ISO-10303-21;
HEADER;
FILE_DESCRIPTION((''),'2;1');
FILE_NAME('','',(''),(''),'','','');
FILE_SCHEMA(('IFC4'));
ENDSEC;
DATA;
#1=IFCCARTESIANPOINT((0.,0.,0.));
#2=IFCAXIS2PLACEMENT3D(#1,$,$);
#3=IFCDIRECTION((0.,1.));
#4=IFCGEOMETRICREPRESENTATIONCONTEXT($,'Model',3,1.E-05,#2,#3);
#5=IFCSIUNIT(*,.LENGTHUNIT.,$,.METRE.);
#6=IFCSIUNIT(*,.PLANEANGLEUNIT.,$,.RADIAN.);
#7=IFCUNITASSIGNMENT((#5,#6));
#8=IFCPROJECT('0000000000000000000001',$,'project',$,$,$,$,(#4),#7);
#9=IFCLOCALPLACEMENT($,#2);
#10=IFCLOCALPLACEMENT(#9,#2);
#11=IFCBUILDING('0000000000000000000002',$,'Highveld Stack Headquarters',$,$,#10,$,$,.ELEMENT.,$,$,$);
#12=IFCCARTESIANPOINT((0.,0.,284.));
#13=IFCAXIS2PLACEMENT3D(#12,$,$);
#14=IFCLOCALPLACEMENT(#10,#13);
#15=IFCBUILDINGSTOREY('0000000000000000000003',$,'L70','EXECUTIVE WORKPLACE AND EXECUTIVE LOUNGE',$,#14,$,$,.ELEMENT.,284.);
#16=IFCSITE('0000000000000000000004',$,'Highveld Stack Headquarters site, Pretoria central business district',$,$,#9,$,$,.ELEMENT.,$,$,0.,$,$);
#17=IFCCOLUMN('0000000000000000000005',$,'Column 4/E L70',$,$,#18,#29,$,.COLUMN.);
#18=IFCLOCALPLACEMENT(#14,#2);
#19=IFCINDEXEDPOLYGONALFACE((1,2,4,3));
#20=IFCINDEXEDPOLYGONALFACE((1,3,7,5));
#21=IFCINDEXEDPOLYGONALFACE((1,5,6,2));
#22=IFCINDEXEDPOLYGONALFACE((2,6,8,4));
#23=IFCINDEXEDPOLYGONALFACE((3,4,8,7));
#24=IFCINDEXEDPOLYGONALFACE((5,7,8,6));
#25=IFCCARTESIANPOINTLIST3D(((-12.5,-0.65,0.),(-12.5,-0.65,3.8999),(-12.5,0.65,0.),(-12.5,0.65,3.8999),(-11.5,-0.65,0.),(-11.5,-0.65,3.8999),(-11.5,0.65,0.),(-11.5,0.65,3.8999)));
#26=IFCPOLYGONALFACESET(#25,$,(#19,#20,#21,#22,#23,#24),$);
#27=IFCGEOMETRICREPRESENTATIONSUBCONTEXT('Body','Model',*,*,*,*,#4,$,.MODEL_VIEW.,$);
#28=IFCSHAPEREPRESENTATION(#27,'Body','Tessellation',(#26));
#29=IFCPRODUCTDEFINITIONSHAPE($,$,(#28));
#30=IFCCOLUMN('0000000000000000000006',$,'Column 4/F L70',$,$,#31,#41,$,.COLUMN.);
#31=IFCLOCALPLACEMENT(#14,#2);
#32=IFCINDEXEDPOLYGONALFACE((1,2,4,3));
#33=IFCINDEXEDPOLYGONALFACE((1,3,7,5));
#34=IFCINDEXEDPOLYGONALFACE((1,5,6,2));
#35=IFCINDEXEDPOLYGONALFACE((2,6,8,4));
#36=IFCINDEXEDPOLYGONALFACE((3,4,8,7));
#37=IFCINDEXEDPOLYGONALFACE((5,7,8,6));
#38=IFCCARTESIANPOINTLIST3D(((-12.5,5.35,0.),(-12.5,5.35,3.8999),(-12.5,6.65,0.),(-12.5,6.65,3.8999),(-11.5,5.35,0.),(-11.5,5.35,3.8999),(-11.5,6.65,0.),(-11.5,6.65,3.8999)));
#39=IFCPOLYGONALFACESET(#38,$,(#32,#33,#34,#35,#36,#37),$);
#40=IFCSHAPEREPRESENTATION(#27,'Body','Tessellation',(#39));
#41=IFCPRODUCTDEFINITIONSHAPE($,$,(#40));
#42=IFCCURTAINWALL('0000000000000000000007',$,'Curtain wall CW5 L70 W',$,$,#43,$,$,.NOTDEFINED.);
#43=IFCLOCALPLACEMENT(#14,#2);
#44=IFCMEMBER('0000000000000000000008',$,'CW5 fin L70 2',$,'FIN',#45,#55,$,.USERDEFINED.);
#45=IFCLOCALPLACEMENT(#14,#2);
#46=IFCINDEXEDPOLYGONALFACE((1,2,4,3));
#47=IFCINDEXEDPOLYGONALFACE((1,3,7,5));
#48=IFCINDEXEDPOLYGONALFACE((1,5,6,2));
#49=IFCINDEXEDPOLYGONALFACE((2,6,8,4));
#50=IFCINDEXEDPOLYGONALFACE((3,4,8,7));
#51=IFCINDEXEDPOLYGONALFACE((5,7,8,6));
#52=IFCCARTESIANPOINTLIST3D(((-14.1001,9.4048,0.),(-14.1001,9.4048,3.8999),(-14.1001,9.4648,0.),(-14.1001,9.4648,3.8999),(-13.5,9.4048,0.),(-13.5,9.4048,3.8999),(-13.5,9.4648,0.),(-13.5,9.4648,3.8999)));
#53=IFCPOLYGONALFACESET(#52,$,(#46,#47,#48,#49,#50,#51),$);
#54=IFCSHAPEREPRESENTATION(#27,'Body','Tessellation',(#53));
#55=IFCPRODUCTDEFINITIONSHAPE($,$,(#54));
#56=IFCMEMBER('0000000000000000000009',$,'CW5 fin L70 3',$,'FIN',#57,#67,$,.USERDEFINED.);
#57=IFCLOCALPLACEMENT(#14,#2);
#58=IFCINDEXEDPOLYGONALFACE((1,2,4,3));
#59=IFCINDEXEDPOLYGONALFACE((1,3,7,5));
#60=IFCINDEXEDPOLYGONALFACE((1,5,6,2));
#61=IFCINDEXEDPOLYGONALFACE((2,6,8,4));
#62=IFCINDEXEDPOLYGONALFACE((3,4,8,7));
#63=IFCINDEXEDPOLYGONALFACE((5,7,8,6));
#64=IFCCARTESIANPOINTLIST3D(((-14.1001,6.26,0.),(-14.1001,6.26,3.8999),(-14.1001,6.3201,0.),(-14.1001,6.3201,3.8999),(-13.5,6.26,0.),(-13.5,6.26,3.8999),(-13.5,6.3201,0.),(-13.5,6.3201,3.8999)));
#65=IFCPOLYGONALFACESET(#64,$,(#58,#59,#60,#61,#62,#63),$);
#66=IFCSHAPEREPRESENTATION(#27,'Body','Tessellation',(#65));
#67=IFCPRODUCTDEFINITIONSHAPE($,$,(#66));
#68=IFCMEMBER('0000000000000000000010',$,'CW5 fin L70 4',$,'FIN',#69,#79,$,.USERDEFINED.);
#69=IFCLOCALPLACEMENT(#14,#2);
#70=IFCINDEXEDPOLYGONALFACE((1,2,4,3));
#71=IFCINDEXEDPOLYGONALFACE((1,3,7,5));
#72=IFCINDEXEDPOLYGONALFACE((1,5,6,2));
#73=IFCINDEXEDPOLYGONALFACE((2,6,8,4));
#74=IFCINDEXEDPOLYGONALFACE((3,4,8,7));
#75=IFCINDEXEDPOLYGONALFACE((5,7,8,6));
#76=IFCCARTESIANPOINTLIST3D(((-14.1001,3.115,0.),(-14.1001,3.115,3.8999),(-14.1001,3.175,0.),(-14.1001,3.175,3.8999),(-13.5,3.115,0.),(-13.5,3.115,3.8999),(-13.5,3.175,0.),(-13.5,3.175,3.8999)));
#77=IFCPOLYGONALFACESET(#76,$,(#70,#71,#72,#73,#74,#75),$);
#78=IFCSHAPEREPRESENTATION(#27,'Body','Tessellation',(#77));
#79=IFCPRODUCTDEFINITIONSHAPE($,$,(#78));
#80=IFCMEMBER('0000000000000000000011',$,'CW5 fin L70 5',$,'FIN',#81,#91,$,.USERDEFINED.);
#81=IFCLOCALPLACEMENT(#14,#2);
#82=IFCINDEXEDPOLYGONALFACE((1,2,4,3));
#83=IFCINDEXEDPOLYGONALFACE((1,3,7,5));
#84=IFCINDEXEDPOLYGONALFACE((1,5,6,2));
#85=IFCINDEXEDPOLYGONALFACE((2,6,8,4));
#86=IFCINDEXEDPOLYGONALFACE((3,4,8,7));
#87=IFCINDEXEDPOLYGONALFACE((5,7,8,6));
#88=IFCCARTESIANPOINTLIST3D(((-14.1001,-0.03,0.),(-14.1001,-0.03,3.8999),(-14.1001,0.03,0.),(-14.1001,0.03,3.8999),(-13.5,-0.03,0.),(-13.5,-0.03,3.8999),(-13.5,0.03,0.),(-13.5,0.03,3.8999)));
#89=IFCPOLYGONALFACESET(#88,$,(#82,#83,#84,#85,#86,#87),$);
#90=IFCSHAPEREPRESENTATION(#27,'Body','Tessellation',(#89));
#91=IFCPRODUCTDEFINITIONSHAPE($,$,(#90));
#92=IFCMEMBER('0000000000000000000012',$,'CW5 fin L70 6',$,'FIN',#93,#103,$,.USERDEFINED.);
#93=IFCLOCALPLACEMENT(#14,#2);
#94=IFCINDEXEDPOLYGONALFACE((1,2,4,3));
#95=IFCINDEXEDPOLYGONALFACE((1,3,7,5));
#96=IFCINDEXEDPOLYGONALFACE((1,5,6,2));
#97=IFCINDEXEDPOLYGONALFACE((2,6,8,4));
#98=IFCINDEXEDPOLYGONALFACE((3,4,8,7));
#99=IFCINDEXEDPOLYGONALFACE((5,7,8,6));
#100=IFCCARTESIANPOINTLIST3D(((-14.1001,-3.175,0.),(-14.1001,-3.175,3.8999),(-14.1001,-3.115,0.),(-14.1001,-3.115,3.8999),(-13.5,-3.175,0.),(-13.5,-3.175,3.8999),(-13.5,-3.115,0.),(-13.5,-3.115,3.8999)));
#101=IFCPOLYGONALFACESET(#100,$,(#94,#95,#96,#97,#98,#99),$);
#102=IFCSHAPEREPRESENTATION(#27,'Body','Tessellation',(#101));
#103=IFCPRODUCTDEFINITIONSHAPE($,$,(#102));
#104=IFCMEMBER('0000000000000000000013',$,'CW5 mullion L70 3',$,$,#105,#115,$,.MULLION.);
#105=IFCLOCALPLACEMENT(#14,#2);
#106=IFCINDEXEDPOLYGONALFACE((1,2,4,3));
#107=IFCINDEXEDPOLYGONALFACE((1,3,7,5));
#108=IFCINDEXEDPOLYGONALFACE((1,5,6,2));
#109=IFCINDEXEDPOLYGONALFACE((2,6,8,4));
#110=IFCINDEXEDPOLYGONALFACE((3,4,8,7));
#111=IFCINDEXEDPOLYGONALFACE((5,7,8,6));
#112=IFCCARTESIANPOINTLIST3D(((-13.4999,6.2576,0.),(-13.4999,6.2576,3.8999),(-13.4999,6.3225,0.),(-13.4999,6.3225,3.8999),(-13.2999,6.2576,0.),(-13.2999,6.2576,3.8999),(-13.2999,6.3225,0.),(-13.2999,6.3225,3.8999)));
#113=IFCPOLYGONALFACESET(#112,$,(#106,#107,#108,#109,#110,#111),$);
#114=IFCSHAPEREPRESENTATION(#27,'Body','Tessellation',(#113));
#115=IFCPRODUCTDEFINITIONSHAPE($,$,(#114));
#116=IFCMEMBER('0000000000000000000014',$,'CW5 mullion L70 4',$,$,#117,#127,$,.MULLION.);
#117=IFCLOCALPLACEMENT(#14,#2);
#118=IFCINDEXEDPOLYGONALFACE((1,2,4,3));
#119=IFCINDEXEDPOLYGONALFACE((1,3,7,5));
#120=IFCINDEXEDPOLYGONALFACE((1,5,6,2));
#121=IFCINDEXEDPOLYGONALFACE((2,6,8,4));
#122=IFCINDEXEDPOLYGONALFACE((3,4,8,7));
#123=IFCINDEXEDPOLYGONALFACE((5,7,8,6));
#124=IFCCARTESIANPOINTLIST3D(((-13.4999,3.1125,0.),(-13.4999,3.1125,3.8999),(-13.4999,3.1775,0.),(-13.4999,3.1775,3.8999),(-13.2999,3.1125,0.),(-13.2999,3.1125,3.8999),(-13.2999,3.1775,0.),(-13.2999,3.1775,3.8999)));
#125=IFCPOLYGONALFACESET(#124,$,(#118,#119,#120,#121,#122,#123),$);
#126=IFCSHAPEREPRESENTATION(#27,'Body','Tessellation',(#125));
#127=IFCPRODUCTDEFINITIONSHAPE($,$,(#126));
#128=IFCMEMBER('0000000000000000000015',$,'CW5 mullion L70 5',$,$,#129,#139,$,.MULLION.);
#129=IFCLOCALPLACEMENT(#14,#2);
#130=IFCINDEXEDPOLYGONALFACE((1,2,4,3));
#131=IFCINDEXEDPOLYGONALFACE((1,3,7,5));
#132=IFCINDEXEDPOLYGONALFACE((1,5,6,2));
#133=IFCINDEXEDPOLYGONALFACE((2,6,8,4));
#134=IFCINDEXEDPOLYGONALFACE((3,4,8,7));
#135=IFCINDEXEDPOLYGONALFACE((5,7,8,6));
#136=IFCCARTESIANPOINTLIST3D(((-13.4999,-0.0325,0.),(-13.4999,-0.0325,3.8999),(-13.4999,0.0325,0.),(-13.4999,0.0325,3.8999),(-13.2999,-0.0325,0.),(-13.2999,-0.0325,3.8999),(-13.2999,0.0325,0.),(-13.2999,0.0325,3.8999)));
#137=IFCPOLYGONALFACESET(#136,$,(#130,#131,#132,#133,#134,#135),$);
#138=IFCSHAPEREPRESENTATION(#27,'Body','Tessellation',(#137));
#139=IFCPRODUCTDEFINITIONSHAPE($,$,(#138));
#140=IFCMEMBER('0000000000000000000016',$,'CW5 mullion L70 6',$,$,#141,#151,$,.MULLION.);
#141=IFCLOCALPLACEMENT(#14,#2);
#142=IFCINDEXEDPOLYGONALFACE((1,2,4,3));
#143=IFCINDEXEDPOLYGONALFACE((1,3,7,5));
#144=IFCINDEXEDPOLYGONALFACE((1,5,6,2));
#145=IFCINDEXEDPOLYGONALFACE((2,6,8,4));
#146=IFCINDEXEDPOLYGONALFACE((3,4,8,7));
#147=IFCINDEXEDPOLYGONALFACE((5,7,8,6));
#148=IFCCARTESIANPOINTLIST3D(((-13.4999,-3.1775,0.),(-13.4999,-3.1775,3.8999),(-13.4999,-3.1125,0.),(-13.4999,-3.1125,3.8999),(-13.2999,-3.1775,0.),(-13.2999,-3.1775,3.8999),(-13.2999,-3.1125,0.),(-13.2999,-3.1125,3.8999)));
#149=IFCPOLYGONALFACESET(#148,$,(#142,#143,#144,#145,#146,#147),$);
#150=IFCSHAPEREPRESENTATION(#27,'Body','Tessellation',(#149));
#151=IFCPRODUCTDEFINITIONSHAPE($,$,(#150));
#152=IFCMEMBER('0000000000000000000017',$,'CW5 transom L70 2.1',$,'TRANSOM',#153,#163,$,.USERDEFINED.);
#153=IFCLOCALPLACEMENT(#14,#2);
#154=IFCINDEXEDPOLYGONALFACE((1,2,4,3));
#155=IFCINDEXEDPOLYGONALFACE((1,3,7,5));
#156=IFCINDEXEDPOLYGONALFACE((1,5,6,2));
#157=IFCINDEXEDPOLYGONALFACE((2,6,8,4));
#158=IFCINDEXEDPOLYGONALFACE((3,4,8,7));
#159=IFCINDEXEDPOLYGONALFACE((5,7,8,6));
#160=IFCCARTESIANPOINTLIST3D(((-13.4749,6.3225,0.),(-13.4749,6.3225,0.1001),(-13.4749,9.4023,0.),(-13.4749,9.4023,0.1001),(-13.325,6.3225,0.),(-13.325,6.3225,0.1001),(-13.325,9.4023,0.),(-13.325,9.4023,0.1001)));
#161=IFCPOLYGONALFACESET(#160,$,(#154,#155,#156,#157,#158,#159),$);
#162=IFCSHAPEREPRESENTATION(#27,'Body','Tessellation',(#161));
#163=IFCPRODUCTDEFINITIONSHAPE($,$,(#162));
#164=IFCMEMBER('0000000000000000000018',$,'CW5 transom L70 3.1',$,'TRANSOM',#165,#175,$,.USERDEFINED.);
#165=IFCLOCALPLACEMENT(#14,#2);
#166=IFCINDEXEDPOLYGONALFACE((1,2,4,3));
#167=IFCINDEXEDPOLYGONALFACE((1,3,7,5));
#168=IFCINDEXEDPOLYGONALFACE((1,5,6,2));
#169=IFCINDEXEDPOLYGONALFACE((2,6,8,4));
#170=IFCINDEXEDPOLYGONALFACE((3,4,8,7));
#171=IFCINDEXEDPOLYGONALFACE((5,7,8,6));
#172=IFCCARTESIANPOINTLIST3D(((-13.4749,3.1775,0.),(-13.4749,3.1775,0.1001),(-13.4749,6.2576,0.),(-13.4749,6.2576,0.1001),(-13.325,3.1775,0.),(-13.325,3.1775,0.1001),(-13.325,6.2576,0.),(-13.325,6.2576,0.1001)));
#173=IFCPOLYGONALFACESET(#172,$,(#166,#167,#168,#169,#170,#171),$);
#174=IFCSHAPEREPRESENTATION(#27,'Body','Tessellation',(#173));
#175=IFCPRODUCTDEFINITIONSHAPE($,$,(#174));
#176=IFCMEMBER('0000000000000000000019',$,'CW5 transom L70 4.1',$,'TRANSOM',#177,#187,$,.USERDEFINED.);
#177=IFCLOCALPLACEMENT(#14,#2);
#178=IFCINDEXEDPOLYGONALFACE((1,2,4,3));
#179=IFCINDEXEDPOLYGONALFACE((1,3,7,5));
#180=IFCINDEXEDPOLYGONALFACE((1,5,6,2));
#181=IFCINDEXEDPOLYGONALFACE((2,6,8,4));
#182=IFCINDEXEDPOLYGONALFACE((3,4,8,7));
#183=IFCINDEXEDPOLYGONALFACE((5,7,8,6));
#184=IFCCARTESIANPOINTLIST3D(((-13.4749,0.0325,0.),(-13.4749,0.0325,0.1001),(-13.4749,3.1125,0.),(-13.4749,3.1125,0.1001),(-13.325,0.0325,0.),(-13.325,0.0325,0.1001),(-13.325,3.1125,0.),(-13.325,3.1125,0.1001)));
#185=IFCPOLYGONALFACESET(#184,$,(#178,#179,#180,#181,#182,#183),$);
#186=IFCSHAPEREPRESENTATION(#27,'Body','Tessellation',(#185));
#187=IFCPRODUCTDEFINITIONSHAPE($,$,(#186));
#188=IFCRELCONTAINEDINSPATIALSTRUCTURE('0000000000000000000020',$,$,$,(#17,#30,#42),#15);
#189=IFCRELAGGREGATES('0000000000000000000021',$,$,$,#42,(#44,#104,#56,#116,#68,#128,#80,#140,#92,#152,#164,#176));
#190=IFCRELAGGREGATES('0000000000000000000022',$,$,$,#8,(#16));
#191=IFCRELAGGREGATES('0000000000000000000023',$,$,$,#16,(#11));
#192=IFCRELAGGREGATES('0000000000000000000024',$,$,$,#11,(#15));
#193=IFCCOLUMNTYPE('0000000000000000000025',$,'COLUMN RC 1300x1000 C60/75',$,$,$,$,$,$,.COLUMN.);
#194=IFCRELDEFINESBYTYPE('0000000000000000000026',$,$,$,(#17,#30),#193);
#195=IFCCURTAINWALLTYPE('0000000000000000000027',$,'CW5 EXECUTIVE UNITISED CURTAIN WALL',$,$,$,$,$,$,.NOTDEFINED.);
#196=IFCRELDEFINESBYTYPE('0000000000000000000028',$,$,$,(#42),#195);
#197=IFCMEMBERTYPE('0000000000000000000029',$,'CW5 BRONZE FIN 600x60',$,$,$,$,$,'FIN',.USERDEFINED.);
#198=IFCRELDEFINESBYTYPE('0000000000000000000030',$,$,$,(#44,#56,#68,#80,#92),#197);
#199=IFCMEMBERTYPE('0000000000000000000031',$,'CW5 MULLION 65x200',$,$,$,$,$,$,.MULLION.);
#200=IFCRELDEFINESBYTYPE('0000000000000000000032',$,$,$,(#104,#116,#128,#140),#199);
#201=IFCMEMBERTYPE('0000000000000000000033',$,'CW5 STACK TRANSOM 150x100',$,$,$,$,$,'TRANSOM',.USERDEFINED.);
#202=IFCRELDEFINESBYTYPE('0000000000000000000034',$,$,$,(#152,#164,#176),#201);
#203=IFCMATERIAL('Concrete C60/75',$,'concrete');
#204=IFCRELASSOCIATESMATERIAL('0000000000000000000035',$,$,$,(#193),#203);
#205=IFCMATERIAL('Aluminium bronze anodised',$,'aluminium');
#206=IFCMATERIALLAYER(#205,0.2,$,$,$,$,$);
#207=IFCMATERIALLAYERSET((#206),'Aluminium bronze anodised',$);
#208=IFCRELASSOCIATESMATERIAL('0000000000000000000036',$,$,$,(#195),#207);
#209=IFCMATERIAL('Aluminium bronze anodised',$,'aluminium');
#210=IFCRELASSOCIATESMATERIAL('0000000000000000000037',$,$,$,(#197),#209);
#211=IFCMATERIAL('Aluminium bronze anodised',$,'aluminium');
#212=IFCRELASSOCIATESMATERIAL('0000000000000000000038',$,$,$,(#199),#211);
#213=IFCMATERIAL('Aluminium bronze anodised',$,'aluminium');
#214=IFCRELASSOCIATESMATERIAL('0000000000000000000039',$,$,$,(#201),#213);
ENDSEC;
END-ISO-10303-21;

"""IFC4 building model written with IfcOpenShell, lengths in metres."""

from ifc_helpers import new_model, si_unit, direction, frame, origin, origin_2d, place, context, subcontext, project, spatial, rectangle, extrude, material, layer, layer_set, material_profile, profile_set, type_object, element, aggregate, save


model = new_model("IFC4")

# Units and contexts
model_context = context("Model", 3, precision=1e-05, world=origin(), true_north=direction((0.0, 1.0)))
body_context = subcontext(model_context, "Body", "Model", "MODEL_VIEW")
ifc_project = project(units=[si_unit("LENGTHUNIT", "METRE"), si_unit("PLANEANGLEUNIT", "RADIAN")], contexts=[model_context])

# Site, building, storey
site_placement = place(None, origin())
site = spatial("IfcSite", under=ifc_project, at=site_placement, Name="Highveld Stack Headquarters site, Pretoria central business district", CompositionType="ELEMENT", RefElevation=0.0)
building_placement = place(site_placement, origin())
building = spatial("IfcBuilding", under=site, at=building_placement, Name="Highveld Stack Headquarters", CompositionType="ELEMENT")
storey_placement = place(building_placement, frame((0.0, 0.0, 284.0)))
storey = spatial("IfcBuildingStorey", under=building, at=storey_placement, Name="L70", Description="EXECUTIVE WORKPLACE AND EXECUTIVE LOUNGE", CompositionType="ELEMENT", Elevation=284.0)

# Columns
ifc_material_1 = material(Name="Concrete C60/75", Category="concrete")
ifc_material_profile_1 = material_profile(ifc_material_1, rectangle(XDim=1.3, YDim=1.0, at=origin_2d()), Name="RC 1300x1000")
ifc_profile_set_1 = profile_set([ifc_material_profile_1], Name="Concrete C60/75")
column_type = type_object("IfcColumnType", Name="COLUMN RC 1300x1000 C60/75", PredefinedType="COLUMN", material=ifc_profile_set_1)
for number, where, z_axis, x_axis, name in (
    (1, (-12.0, 0.0, 0.0), (0.0, 0.0, 1.0), (0.0, 1.0, 0.0), "Column 4/E L70"),
    (2, (-12.0, 6.0, 0.0), (0.0, 0.0, 1.0), (0.0, 1.0, 0.0), "Column 4/F L70"),
):
    element("IfcColumn", number, at=place(storey_placement, frame(where, z_axis=z_axis, x_axis=x_axis)), inside=storey, type_object=column_type, Name=name, PredefinedType="COLUMN", context=body_context, shape_type="SweptSolid", body=[
        extrude(rectangle(XDim=1.3, YDim=1.0, at=origin_2d()), origin(), (0.0, 0.0, 1.0), 3.8999),
    ])

# Curtain wall, members
ifc_material_2 = material(Name="Aluminium bronze anodised", Category="aluminium")
ifc_layer_1 = layer(ifc_material_2, 0.2)
ifc_layer_set_1 = layer_set([ifc_layer_1], Name="Aluminium bronze anodised")
curtain_wall_type = type_object("IfcCurtainWallType", Name="CW5 EXECUTIVE UNITISED CURTAIN WALL", PredefinedType="NOTDEFINED", material=ifc_layer_set_1)
curtain_wall_placement = place(storey_placement, origin())
curtain_wall = element("IfcCurtainWall", 3, at=curtain_wall_placement, inside=storey, type_object=curtain_wall_type, Name="Curtain wall CW5 L70 W", PredefinedType="NOTDEFINED")
ifc_material_3 = material(Name="Aluminium bronze anodised", Category="aluminium")
ifc_material_profile_2 = material_profile(ifc_material_3, rectangle(XDim=0.6001, YDim=0.0601, at=origin_2d()), Name="FIN 600x60")
ifc_profile_set_2 = profile_set([ifc_material_profile_2], Name="Aluminium bronze anodised")
member_type_1 = type_object("IfcMemberType", Name="CW5 BRONZE FIN 600x60", ElementType="FIN", PredefinedType="USERDEFINED", material=ifc_profile_set_2)
member_1_placement = place(storey_placement, frame((-13.8, 9.4348, 0.0), z_axis=(0.0, 0.0, 1.0), x_axis=(1.0, 0.0, 0.0)))
member_1 = element("IfcMember", 4, at=member_1_placement, type_object=member_type_1, Name="CW5 fin L70 2", ObjectType="FIN", PredefinedType="USERDEFINED", context=body_context, shape_type="SweptSolid", body=[
    extrude(rectangle(XDim=0.6001, YDim=0.0601, at=origin_2d()), origin(), (0.0, 0.0, 1.0), 3.8999),
])
member_2_placement = place(storey_placement, frame((-13.8, 6.29, 0.0), z_axis=(0.0, 0.0, 1.0), x_axis=(1.0, 0.0, 0.0)))
member_2 = element("IfcMember", 5, at=member_2_placement, type_object=member_type_1, Name="CW5 fin L70 3", ObjectType="FIN", PredefinedType="USERDEFINED", context=body_context, shape_type="SweptSolid", body=[
    extrude(rectangle(XDim=0.6001, YDim=0.0601, at=origin_2d()), origin(), (0.0, 0.0, 1.0), 3.8999),
])
member_3_placement = place(storey_placement, frame((-13.8, 3.145, 0.0), z_axis=(0.0, 0.0, 1.0), x_axis=(1.0, 0.0, 0.0)))
member_3 = element("IfcMember", 6, at=member_3_placement, type_object=member_type_1, Name="CW5 fin L70 4", ObjectType="FIN", PredefinedType="USERDEFINED", context=body_context, shape_type="SweptSolid", body=[
    extrude(rectangle(XDim=0.6001, YDim=0.0601, at=origin_2d()), origin(), (0.0, 0.0, 1.0), 3.8999),
])
member_4_placement = place(storey_placement, frame((-13.8, 0.0, 0.0), z_axis=(0.0, 0.0, 1.0), x_axis=(1.0, 0.0, 0.0)))
member_4 = element("IfcMember", 7, at=member_4_placement, type_object=member_type_1, Name="CW5 fin L70 5", ObjectType="FIN", PredefinedType="USERDEFINED", context=body_context, shape_type="SweptSolid", body=[
    extrude(rectangle(XDim=0.6001, YDim=0.0601, at=origin_2d()), origin(), (0.0, 0.0, 1.0), 3.8999),
])
member_5_placement = place(storey_placement, frame((-13.8, -3.145, 0.0), z_axis=(0.0, 0.0, 1.0), x_axis=(1.0, 0.0, 0.0)))
member_5 = element("IfcMember", 8, at=member_5_placement, type_object=member_type_1, Name="CW5 fin L70 6", ObjectType="FIN", PredefinedType="USERDEFINED", context=body_context, shape_type="SweptSolid", body=[
    extrude(rectangle(XDim=0.6001, YDim=0.0601, at=origin_2d()), origin(), (0.0, 0.0, 1.0), 3.8999),
])
ifc_material_4 = material(Name="Aluminium bronze anodised", Category="aluminium")
ifc_material_profile_3 = material_profile(ifc_material_4, rectangle(XDim=0.2, YDim=0.0649, at=origin_2d()), Name="CW5 MULLION 65x200")
ifc_profile_set_3 = profile_set([ifc_material_profile_3], Name="Aluminium bronze anodised")
member_type_2 = type_object("IfcMemberType", Name="CW5 MULLION 65x200", PredefinedType="MULLION", material=ifc_profile_set_3)
member_6_placement = place(storey_placement, frame((-13.3999, 6.29, 0.0), z_axis=(0.0, 0.0, 1.0), x_axis=(1.0, 0.0, 0.0)))
member_6 = element("IfcMember", 9, at=member_6_placement, type_object=member_type_2, Name="CW5 mullion L70 3", PredefinedType="MULLION", context=body_context, shape_type="SweptSolid", body=[
    extrude(rectangle(XDim=0.2, YDim=0.0649, at=origin_2d()), origin(), (0.0, 0.0, 1.0), 3.8999),
])
member_7_placement = place(storey_placement, frame((-13.3999, 3.145, 0.0), z_axis=(0.0, 0.0, 1.0), x_axis=(1.0, 0.0, 0.0)))
member_7 = element("IfcMember", 10, at=member_7_placement, type_object=member_type_2, Name="CW5 mullion L70 4", PredefinedType="MULLION", context=body_context, shape_type="SweptSolid", body=[
    extrude(rectangle(XDim=0.2, YDim=0.0649, at=origin_2d()), origin(), (0.0, 0.0, 1.0), 3.8999),
])
member_8_placement = place(storey_placement, frame((-13.3999, 0.0, 0.0), z_axis=(0.0, 0.0, 1.0), x_axis=(1.0, 0.0, 0.0)))
member_8 = element("IfcMember", 11, at=member_8_placement, type_object=member_type_2, Name="CW5 mullion L70 5", PredefinedType="MULLION", context=body_context, shape_type="SweptSolid", body=[
    extrude(rectangle(XDim=0.2, YDim=0.0649, at=origin_2d()), origin(), (0.0, 0.0, 1.0), 3.8999),
])
member_9_placement = place(storey_placement, frame((-13.3999, -3.145, 0.0), z_axis=(0.0, 0.0, 1.0), x_axis=(1.0, 0.0, 0.0)))
member_9 = element("IfcMember", 12, at=member_9_placement, type_object=member_type_2, Name="CW5 mullion L70 6", PredefinedType="MULLION", context=body_context, shape_type="SweptSolid", body=[
    extrude(rectangle(XDim=0.2, YDim=0.0649, at=origin_2d()), origin(), (0.0, 0.0, 1.0), 3.8999),
])
ifc_material_5 = material(Name="Aluminium bronze anodised", Category="aluminium")
ifc_material_profile_4 = material_profile(ifc_material_5, rectangle(XDim=0.1499, YDim=0.1001, at=origin_2d()), Name="CW5 TRANSOM 150x100")
ifc_profile_set_4 = profile_set([ifc_material_profile_4], Name="Aluminium bronze anodised")
member_type_3 = type_object("IfcMemberType", Name="CW5 STACK TRANSOM 150x100", ElementType="TRANSOM", PredefinedType="USERDEFINED", material=ifc_profile_set_4)
member_10_placement = place(storey_placement, frame((-13.3999, 9.4023, 0.05), z_axis=(0.0, -1.0, 0.0), x_axis=(1.0, 0.0, 0.0)))
member_10 = element("IfcMember", 13, at=member_10_placement, type_object=member_type_3, Name="CW5 transom L70 2.1", ObjectType="TRANSOM", PredefinedType="USERDEFINED", context=body_context, shape_type="SweptSolid", body=[
    extrude(rectangle(XDim=0.1499, YDim=0.1001, at=origin_2d()), origin(), (0.0, 0.0, 1.0), 3.0798),
])
member_11_placement = place(storey_placement, frame((-13.3999, 6.2576, 0.05), z_axis=(0.0, -1.0, 0.0), x_axis=(1.0, 0.0, 0.0)))
member_11 = element("IfcMember", 14, at=member_11_placement, type_object=member_type_3, Name="CW5 transom L70 3.1", ObjectType="TRANSOM", PredefinedType="USERDEFINED", context=body_context, shape_type="SweptSolid", body=[
    extrude(rectangle(XDim=0.1499, YDim=0.1001, at=origin_2d()), origin(), (0.0, 0.0, 1.0), 3.0801),
])
member_12_placement = place(storey_placement, frame((-13.3999, 3.1125, 0.05), z_axis=(0.0, -1.0, 0.0), x_axis=(1.0, 0.0, 0.0)))
member_12 = element("IfcMember", 15, at=member_12_placement, type_object=member_type_3, Name="CW5 transom L70 4.1", ObjectType="TRANSOM", PredefinedType="USERDEFINED", context=body_context, shape_type="SweptSolid", body=[
    extrude(rectangle(XDim=0.1499, YDim=0.1001, at=origin_2d()), origin(), (0.0, 0.0, 1.0), 3.0801),
])
aggregate(curtain_wall, [member_1, member_6, member_2, member_7, member_3, member_8, member_4, member_9, member_5, member_10, member_11, member_12])

save(model, "model.ifc")
